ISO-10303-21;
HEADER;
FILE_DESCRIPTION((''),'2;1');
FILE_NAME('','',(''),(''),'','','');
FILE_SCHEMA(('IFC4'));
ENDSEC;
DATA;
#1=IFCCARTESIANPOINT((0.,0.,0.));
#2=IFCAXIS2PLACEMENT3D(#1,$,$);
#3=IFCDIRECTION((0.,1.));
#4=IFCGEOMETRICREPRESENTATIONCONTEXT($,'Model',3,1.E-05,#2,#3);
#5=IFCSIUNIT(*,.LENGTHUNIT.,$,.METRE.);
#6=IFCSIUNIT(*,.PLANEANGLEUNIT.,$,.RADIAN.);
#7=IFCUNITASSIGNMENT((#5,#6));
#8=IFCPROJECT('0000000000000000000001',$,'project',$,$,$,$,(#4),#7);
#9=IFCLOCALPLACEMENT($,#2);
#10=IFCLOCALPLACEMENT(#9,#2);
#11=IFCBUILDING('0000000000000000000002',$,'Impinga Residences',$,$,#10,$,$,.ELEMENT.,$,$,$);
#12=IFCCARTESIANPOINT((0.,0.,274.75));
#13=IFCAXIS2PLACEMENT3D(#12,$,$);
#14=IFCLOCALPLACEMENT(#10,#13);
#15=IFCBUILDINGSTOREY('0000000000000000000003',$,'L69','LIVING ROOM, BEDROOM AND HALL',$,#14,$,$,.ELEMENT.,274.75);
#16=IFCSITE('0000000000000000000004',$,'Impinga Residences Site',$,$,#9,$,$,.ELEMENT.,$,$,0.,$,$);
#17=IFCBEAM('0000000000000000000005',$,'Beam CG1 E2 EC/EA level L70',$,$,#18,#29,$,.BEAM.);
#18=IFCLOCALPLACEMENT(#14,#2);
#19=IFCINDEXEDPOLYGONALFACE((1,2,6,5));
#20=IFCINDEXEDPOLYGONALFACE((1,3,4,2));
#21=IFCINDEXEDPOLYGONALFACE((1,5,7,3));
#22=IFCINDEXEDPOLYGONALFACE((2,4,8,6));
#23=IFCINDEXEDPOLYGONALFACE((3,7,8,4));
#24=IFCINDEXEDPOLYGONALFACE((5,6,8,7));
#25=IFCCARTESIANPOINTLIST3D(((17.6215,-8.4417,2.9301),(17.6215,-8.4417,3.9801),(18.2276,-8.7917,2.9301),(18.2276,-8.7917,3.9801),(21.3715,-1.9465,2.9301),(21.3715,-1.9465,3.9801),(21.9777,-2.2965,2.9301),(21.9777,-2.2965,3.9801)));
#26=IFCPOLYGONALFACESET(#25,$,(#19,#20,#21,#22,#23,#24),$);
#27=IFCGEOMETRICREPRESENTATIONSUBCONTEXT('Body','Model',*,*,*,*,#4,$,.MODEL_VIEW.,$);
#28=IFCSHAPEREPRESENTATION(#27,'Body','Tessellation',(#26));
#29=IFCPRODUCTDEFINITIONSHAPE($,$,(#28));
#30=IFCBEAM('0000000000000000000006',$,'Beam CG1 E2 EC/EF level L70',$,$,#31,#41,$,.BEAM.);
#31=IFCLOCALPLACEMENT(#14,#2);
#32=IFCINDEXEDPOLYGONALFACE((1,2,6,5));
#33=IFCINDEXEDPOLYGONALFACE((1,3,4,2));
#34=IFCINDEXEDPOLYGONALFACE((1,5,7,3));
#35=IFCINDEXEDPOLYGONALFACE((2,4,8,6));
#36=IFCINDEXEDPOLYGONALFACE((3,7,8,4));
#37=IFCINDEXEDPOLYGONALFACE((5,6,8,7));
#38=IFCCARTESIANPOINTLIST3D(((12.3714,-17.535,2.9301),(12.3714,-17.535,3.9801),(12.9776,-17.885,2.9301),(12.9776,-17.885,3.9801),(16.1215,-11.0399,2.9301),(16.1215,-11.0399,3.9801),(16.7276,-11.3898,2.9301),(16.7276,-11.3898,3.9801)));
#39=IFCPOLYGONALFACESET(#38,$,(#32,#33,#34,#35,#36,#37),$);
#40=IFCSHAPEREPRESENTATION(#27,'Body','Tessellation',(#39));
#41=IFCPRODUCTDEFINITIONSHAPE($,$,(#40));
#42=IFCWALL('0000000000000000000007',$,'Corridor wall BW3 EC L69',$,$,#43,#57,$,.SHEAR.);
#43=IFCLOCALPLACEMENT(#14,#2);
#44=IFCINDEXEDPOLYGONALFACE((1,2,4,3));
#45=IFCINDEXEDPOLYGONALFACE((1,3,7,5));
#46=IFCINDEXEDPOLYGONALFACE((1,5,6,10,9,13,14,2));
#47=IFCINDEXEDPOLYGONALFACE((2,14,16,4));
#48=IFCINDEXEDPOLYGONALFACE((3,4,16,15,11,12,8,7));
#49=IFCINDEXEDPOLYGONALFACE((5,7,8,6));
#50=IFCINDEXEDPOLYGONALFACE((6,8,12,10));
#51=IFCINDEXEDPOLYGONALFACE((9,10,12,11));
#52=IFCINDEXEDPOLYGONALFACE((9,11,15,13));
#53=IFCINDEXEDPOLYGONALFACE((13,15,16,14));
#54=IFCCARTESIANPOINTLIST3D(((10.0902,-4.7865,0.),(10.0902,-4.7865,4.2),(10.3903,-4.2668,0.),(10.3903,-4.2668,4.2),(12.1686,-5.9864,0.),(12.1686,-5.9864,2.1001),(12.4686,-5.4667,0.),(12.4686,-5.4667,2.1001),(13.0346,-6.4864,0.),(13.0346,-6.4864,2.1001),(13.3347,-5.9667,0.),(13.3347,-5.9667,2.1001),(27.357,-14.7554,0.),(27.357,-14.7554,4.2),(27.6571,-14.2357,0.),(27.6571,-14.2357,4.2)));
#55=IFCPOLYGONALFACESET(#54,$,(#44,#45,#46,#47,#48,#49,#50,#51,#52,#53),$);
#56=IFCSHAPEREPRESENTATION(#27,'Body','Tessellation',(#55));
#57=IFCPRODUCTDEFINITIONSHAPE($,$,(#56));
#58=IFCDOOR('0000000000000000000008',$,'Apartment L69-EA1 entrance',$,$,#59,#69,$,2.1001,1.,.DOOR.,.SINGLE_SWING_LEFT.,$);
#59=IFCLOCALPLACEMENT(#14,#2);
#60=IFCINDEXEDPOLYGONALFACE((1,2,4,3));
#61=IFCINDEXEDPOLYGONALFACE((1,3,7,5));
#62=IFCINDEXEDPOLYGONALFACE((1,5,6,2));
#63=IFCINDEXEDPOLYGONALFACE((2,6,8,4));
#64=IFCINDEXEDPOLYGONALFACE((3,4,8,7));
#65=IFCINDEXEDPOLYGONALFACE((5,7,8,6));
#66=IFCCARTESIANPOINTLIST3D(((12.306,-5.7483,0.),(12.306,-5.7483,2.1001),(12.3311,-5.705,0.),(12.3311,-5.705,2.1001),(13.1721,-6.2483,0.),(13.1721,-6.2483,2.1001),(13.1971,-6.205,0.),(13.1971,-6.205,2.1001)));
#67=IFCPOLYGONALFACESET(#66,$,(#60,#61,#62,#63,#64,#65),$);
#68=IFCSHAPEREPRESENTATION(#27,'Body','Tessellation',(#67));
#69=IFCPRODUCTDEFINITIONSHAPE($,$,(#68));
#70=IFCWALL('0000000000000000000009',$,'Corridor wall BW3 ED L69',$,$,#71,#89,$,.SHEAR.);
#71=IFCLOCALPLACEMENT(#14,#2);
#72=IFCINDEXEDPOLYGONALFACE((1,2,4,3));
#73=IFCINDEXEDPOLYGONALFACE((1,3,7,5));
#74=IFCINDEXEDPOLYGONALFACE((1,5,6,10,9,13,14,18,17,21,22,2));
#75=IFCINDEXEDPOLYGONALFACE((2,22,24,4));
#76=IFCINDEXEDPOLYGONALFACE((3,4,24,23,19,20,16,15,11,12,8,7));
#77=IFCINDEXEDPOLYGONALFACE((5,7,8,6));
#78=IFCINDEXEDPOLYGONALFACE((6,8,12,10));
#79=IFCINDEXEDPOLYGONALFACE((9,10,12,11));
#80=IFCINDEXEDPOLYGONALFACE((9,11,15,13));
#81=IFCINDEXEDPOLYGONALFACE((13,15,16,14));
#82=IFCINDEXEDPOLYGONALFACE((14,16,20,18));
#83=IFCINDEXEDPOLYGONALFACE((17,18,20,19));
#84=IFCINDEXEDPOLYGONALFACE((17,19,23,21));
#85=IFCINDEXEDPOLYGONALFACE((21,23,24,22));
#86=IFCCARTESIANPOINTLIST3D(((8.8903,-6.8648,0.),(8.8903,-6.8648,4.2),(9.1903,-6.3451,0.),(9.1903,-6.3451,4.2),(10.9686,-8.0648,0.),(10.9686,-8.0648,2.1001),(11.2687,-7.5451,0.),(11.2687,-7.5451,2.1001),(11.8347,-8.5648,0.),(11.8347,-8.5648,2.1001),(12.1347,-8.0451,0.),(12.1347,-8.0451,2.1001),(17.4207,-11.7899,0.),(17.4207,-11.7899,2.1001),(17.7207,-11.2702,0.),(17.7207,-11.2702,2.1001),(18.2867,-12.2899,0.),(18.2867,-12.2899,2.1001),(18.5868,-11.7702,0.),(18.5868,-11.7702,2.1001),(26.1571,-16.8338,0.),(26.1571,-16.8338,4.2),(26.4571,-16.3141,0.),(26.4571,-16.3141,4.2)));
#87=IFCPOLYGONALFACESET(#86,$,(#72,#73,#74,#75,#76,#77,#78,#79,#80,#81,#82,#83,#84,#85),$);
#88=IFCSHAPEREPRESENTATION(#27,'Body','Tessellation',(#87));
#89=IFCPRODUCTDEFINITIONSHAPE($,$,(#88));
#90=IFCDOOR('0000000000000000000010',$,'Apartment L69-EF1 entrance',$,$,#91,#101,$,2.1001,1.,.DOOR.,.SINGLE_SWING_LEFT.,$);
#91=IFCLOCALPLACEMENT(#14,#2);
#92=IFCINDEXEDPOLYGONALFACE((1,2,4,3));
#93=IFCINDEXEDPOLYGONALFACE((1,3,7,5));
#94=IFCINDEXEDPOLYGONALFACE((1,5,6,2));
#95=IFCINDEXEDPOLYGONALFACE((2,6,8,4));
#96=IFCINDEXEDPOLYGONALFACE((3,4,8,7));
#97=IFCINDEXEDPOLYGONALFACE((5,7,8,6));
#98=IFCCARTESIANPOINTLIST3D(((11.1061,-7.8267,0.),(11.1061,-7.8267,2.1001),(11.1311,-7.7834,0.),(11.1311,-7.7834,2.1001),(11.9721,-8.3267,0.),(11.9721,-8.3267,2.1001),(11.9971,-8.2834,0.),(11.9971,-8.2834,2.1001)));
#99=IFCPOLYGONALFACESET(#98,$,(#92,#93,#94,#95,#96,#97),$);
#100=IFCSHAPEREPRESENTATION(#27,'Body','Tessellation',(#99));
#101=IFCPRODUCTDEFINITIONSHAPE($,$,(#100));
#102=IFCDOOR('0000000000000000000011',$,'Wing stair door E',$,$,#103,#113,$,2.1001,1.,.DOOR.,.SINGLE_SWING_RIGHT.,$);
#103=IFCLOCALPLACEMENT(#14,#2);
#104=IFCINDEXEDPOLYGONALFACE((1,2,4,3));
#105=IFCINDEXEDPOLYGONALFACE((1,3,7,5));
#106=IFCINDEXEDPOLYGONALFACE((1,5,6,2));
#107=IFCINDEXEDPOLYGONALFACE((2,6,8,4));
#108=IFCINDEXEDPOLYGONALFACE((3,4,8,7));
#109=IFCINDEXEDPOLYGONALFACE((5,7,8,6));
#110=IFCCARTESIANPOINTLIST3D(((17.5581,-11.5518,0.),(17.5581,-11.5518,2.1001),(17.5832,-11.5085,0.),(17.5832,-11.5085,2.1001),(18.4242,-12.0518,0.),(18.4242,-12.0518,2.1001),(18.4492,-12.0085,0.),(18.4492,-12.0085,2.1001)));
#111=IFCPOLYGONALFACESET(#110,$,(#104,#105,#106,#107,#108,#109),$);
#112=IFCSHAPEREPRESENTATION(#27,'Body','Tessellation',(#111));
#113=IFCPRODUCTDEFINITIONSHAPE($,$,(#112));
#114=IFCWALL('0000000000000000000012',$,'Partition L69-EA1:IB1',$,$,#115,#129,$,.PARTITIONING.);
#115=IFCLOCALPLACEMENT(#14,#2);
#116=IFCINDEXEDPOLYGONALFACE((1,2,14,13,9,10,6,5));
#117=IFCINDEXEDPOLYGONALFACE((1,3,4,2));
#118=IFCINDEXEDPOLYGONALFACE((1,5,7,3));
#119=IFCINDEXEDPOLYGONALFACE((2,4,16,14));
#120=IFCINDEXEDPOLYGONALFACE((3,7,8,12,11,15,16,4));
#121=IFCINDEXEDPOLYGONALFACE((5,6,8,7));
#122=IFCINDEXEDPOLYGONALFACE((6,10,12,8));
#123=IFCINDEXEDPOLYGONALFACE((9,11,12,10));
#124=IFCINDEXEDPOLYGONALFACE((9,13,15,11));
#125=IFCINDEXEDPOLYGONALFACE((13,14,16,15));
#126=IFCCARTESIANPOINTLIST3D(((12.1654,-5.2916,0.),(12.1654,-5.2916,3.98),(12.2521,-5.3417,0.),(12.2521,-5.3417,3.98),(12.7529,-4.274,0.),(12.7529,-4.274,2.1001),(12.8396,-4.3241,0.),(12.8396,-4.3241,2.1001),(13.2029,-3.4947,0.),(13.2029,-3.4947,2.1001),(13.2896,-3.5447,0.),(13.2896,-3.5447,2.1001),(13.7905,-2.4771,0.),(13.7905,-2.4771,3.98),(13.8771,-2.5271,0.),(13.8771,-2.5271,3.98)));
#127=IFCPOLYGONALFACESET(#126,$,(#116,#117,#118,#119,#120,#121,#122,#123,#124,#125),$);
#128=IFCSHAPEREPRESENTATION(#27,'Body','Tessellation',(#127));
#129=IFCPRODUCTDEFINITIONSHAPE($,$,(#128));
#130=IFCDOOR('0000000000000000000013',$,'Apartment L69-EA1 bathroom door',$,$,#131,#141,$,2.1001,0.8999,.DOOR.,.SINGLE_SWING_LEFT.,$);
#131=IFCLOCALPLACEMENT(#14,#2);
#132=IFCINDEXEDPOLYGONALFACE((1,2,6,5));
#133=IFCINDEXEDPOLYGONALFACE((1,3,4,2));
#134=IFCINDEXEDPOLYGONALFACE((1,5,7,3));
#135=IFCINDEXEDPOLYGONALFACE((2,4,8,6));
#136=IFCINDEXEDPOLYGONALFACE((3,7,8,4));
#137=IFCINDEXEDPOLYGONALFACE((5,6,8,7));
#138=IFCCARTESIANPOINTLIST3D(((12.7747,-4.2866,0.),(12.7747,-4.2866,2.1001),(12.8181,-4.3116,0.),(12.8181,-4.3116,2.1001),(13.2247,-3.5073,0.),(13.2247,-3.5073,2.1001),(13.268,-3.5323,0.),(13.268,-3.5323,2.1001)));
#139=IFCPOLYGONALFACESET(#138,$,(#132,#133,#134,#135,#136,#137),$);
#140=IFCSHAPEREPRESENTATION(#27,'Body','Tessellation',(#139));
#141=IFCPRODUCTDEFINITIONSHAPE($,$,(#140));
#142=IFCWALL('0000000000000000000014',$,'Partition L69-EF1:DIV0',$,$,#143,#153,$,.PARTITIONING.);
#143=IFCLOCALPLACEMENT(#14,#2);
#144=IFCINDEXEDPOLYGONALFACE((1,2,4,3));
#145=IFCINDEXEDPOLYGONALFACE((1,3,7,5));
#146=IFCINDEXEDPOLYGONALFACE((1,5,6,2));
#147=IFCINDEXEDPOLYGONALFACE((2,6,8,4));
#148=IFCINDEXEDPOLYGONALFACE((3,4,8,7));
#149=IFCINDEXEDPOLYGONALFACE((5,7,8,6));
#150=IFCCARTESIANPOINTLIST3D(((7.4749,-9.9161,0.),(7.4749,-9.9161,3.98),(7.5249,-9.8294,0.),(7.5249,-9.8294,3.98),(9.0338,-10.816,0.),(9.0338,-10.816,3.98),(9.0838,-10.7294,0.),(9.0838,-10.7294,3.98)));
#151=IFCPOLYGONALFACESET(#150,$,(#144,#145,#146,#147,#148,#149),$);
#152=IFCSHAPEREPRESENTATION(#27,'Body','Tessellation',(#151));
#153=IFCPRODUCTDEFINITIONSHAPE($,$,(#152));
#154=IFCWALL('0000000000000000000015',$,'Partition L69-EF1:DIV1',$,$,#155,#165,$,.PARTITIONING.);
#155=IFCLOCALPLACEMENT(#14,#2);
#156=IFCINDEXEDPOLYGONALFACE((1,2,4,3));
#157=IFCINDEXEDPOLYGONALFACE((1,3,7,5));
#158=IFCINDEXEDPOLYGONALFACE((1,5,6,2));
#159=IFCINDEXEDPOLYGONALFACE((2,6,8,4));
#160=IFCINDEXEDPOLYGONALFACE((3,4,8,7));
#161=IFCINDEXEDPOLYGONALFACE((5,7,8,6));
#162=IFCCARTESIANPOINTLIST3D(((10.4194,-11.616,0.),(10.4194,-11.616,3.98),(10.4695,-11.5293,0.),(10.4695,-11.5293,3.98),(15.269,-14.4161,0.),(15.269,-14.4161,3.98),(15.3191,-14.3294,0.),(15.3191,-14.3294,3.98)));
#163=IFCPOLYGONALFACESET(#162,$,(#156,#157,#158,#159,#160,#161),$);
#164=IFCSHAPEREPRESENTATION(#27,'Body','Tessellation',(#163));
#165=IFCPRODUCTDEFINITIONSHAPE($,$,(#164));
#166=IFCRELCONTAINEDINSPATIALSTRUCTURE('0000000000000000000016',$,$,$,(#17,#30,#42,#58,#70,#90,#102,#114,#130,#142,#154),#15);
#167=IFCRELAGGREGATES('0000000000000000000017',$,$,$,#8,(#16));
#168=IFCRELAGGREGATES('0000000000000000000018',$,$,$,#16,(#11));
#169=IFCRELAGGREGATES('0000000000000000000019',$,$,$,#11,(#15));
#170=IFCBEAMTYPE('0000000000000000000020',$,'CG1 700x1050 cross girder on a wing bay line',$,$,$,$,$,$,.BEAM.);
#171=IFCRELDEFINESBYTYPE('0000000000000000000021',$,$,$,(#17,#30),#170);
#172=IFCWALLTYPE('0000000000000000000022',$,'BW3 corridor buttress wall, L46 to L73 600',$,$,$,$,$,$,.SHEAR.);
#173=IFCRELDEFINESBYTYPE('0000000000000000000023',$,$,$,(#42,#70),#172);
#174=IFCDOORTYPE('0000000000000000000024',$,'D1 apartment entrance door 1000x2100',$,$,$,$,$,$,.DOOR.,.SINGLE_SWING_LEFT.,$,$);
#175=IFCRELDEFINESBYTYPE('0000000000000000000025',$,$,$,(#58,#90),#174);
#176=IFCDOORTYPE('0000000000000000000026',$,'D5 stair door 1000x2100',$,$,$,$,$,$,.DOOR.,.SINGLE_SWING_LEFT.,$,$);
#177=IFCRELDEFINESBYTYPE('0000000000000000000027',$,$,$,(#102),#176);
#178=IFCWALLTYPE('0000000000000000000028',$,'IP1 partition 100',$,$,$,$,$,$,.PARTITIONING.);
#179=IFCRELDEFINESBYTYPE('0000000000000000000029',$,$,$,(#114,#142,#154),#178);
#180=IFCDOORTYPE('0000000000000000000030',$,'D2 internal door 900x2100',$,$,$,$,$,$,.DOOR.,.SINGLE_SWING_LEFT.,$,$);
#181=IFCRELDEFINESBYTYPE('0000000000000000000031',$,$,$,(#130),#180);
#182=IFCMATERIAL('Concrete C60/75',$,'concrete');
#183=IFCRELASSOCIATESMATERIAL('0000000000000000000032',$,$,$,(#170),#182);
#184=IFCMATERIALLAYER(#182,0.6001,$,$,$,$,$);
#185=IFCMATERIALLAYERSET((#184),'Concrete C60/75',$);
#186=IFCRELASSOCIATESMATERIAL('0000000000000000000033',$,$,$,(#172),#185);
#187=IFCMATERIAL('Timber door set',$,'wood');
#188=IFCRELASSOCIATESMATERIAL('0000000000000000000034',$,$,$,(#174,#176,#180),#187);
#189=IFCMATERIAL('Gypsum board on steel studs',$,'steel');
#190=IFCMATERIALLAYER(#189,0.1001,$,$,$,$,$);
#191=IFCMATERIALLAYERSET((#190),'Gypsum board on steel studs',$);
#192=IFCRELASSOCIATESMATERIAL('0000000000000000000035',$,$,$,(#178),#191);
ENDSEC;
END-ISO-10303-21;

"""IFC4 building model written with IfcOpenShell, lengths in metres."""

from ifc_helpers import new_model, si_unit, direction, frame, frame_2d, origin, origin_2d, place, context, subcontext, project, spatial, rectangle, extrude, material, layer, layer_set, material_profile, profile_set, type_object, element, fill, save


model = new_model("IFC4")

# Units and contexts
model_context = context("Model", 3, precision=1e-05, world=origin(), true_north=direction((0.0, 1.0)))
body_context = subcontext(model_context, "Body", "Model", "MODEL_VIEW")
ifc_project = project(units=[si_unit("LENGTHUNIT", "METRE"), si_unit("PLANEANGLEUNIT", "RADIAN")], contexts=[model_context])

# Site, building, storey
site_placement = place(None, origin())
site = spatial("IfcSite", under=ifc_project, at=site_placement, Name="Impinga Residences Site", CompositionType="ELEMENT", RefElevation=0.0)
building_placement = place(site_placement, origin())
building = spatial("IfcBuilding", under=site, at=building_placement, Name="Impinga Residences", CompositionType="ELEMENT")
storey_placement = place(building_placement, frame((0.0, 0.0, 274.75)))
storey = spatial("IfcBuildingStorey", under=building, at=storey_placement, Name="L69", Description="LIVING ROOM, BEDROOM AND HALL", CompositionType="ELEMENT", Elevation=274.75)

# Beams
ifc_material_1 = material(Name="Concrete C60/75", Category="concrete")
ifc_material_profile = material_profile(ifc_material_1, rectangle(XDim=0.7, YDim=1.05, at=origin_2d()), Name="RC 700x1050")
ifc_profile_set = profile_set([ifc_material_profile], Name="Concrete C60/75")
beam_type = type_object("IfcBeamType", Name="CG1 700x1050 cross girder on a wing bay line", PredefinedType="BEAM", material=ifc_profile_set)
for number, where, z_axis, x_axis, name in (
    (1, (17.9246, -8.6167, 3.4551), (0.500004, 0.866023, 0.0), (-0.866023, 0.500004, 0.0), "Beam CG1 E2 EC/EA level L70"),
    (2, (16.4246, -11.2148, 3.4551), (-0.500004, -0.866023, 0.0), (0.866023, -0.500004, 0.0), "Beam CG1 E2 EC/EF level L70"),
):
    element("IfcBeam", number, at=place(storey_placement, frame(where, z_axis=z_axis, x_axis=x_axis)), inside=storey, type_object=beam_type, Name=name, PredefinedType="BEAM", context=body_context, shape_type="SweptSolid", body=[
        extrude(rectangle(XDim=0.7, YDim=1.05, at=origin_2d()), origin(), (0.0, 0.0, 1.0), 7.5),
    ])

# Wall, opening, door
ifc_layer_1 = layer(ifc_material_1, 0.6001)
ifc_layer_set_1 = layer_set([ifc_layer_1], Name="Concrete C60/75")
wall_type_1 = type_object("IfcWallType", Name="BW3 corridor buttress wall, L46 to L73 600", PredefinedType="SHEAR", material=ifc_layer_set_1)
wall_1_placement = place(storey_placement, frame((10.2402, -4.5266, 0.0), z_axis=(0.0, 0.0, 1.0), x_axis=(0.866026, -0.499999, 0.0)))
wall_1 = element("IfcWall", 3, at=wall_1_placement, inside=storey, type_object=wall_type_1, Name="Corridor wall BW3 EC L69", PredefinedType="SHEAR", context=body_context, shape_type="SweptSolid", body=[
    extrude(rectangle(XDim=19.938, YDim=0.6001, at=frame_2d((9.969, 0.0))), origin(), (0.0, 0.0, 1.0), 4.2),
])
opening_1_placement = place(wall_1_placement, frame((2.3999, 0.0, 0.0)))
opening_1 = element("IfcOpeningElement", 4, at=opening_1_placement, cuts=wall_1, PredefinedType="OPENING", context=body_context, shape_type="SweptSolid", body=[
    extrude(rectangle(XDim=1.0, YDim=2.1001, at=frame_2d((0.5, 1.05))), frame((0.0, 0.3101, 0.0), z_axis=(0.0, -1.0, 0.0), x_axis=(1.0, 0.0, 0.0)), (0.0, 0.0, 1.0), 0.6201),
])
ifc_material_2 = material(Name="Timber door set", Category="wood")
door_type_1 = type_object("IfcDoorType", Name="D1 apartment entrance door 1000x2100", OperationType="SINGLE_SWING_LEFT", PredefinedType="DOOR", material=ifc_material_2)
door_1_placement = place(opening_1_placement, origin())
door_1 = element("IfcDoor", 5, at=door_1_placement, inside=storey, type_object=door_type_1, Name="Apartment L69-EA1 entrance", OperationType="SINGLE_SWING_LEFT", OverallHeight=2.1001, OverallWidth=1.0, PredefinedType="DOOR", context=body_context, shape_type="SweptSolid", body=[
    extrude(rectangle(XDim=1.0, YDim=2.1001, at=frame_2d((0.5, 1.05))), frame((0.0, 0.0249, 0.0), z_axis=(0.0, -1.0, 0.0), x_axis=(1.0, 0.0, 0.0)), (0.0, 0.0, 1.0), 0.05),
])
fill(opening_1, door_1)

# Wall, openings, doors
wall_2_placement = place(storey_placement, frame((9.0403, -6.605, 0.0), z_axis=(0.0, 0.0, 1.0), x_axis=(0.866026, -0.499999, 0.0)))
wall_2 = element("IfcWall", 6, at=wall_2_placement, inside=storey, type_object=wall_type_1, Name="Corridor wall BW3 ED L69", PredefinedType="SHEAR", context=body_context, shape_type="SweptSolid", body=[
    extrude(rectangle(XDim=19.938, YDim=0.6001, at=frame_2d((9.969, 0.0))), origin(), (0.0, 0.0, 1.0), 4.2),
])
opening_2_placement = place(wall_2_placement, frame((9.8501, 0.0, 0.0)))
opening_2 = element("IfcOpeningElement", 7, at=opening_2_placement, cuts=wall_2, PredefinedType="OPENING", context=body_context, shape_type="SweptSolid", body=[
    extrude(rectangle(XDim=1.0, YDim=2.1001, at=frame_2d((0.5, 1.05))), frame((0.0, 0.3101, 0.0), z_axis=(0.0, -1.0, 0.0), x_axis=(1.0, 0.0, 0.0)), (0.0, 0.0, 1.0), 0.6201),
])
opening_3_placement = place(wall_2_placement, frame((2.3999, 0.0, 0.0)))
opening_3 = element("IfcOpeningElement", 8, at=opening_3_placement, cuts=wall_2, PredefinedType="OPENING", context=body_context, shape_type="SweptSolid", body=[
    extrude(rectangle(XDim=1.0, YDim=2.1001, at=frame_2d((0.5, 1.05))), frame((0.0, 0.3101, 0.0), z_axis=(0.0, -1.0, 0.0), x_axis=(1.0, 0.0, 0.0)), (0.0, 0.0, 1.0), 0.6201),
])
door_2_placement = place(opening_3_placement, origin())
door_2 = element("IfcDoor", 9, at=door_2_placement, inside=storey, type_object=door_type_1, Name="Apartment L69-EF1 entrance", OperationType="SINGLE_SWING_LEFT", OverallHeight=2.1001, OverallWidth=1.0, PredefinedType="DOOR", context=body_context, shape_type="SweptSolid", body=[
    extrude(rectangle(XDim=1.0, YDim=2.1001, at=frame_2d((0.5, 1.05))), frame((0.0, 0.0249, 0.0), z_axis=(0.0, -1.0, 0.0), x_axis=(1.0, 0.0, 0.0)), (0.0, 0.0, 1.0), 0.05),
])
fill(opening_3, door_2)
door_type_2 = type_object("IfcDoorType", Name="D5 stair door 1000x2100", OperationType="SINGLE_SWING_LEFT", PredefinedType="DOOR", material=ifc_material_2)
door_3_placement = place(opening_2_placement, origin())
door_3 = element("IfcDoor", 10, at=door_3_placement, inside=storey, type_object=door_type_2, Name="Wing stair door E", OperationType="SINGLE_SWING_RIGHT", OverallHeight=2.1001, OverallWidth=1.0, PredefinedType="DOOR", context=body_context, shape_type="SweptSolid", body=[
    extrude(rectangle(XDim=1.0, YDim=2.1001, at=frame_2d((0.5, 1.05))), frame((0.0, 0.0249, 0.0), z_axis=(0.0, -1.0, 0.0), x_axis=(1.0, 0.0, 0.0)), (0.0, 0.0, 1.0), 0.05),
])
fill(opening_2, door_3)

# Wall, opening, door
ifc_material_3 = material(Name="Gypsum board on steel studs", Category="steel")
ifc_layer_2 = layer(ifc_material_3, 0.1001)
ifc_layer_set_2 = layer_set([ifc_layer_2], Name="Gypsum board on steel studs")
wall_type_2 = type_object("IfcWallType", Name="IP1 partition 100", PredefinedType="PARTITIONING", material=ifc_layer_set_2)
wall_3_placement = place(storey_placement, frame((12.2087, -5.3167, 0.0), z_axis=(0.0, 0.0, 1.0), x_axis=(0.500017, 0.866015, 0.0)))
wall_3 = element("IfcWall", 11, at=wall_3_placement, inside=storey, type_object=wall_type_2, Name="Partition L69-EA1:IB1", PredefinedType="PARTITIONING", context=body_context, shape_type="SweptSolid", body=[
    extrude(rectangle(XDim=3.25, YDim=0.1001, at=frame_2d((1.625, 0.0))), origin(), (0.0, 0.0, 1.0), 3.98),
])
opening_4_placement = place(wall_3_placement, frame((1.175, 0.0, 0.0)))
opening_4 = element("IfcOpeningElement", 12, at=opening_4_placement, cuts=wall_3, PredefinedType="OPENING", context=body_context, shape_type="SweptSolid", body=[
    extrude(rectangle(XDim=0.8999, YDim=2.1001, at=frame_2d((0.45, 1.05))), frame((0.0, 0.0601, 0.0), z_axis=(0.0, -1.0, 0.0), x_axis=(1.0, 0.0, 0.0)), (0.0, 0.0, 1.0), 0.1201),
])
door_type_3 = type_object("IfcDoorType", Name="D2 internal door 900x2100", OperationType="SINGLE_SWING_LEFT", PredefinedType="DOOR", material=ifc_material_2)
door_4_placement = place(opening_4_placement, origin())
door_4 = element("IfcDoor", 13, at=door_4_placement, inside=storey, type_object=door_type_3, Name="Apartment L69-EA1 bathroom door", OperationType="SINGLE_SWING_LEFT", OverallHeight=2.1001, OverallWidth=0.8999, PredefinedType="DOOR", context=body_context, shape_type="SweptSolid", body=[
    extrude(rectangle(XDim=0.8999, YDim=2.1001, at=frame_2d((0.45, 1.05))), frame((0.0, 0.0249, 0.0), z_axis=(0.0, -1.0, 0.0), x_axis=(1.0, 0.0, 0.0)), (0.0, 0.0, 1.0), 0.05),
])
fill(opening_4, door_4)

# Walls
wall_4_placement = place(storey_placement, frame((7.5, -9.8728, 0.0), z_axis=(0.0, 0.0, 1.0), x_axis=(0.866048, -0.499961, 0.0)))
element("IfcWall", 14, at=wall_4_placement, inside=storey, type_object=wall_type_2, Name="Partition L69-EF1:DIV0", PredefinedType="PARTITIONING", context=body_context, shape_type="SweptSolid", body=[
    extrude(rectangle(XDim=1.8, YDim=0.1001, at=frame_2d((0.8999, 0.0))), origin(), (0.0, 0.0, 1.0), 3.98),
])
wall_5_placement = place(storey_placement, frame((10.4446, -11.5728, 0.0), z_axis=(0.0, 0.0, 1.0), x_axis=(0.866016, -0.500017, 0.0)))
element("IfcWall", 15, at=wall_5_placement, inside=storey, type_object=wall_type_2, Name="Partition L69-EF1:DIV1", PredefinedType="PARTITIONING", context=body_context, shape_type="SweptSolid", body=[
    extrude(rectangle(XDim=5.5999, YDim=0.1001, at=frame_2d((2.7998, 0.0))), origin(), (0.0, 0.0, 1.0), 3.98),
])

save(model, "model.ifc")
